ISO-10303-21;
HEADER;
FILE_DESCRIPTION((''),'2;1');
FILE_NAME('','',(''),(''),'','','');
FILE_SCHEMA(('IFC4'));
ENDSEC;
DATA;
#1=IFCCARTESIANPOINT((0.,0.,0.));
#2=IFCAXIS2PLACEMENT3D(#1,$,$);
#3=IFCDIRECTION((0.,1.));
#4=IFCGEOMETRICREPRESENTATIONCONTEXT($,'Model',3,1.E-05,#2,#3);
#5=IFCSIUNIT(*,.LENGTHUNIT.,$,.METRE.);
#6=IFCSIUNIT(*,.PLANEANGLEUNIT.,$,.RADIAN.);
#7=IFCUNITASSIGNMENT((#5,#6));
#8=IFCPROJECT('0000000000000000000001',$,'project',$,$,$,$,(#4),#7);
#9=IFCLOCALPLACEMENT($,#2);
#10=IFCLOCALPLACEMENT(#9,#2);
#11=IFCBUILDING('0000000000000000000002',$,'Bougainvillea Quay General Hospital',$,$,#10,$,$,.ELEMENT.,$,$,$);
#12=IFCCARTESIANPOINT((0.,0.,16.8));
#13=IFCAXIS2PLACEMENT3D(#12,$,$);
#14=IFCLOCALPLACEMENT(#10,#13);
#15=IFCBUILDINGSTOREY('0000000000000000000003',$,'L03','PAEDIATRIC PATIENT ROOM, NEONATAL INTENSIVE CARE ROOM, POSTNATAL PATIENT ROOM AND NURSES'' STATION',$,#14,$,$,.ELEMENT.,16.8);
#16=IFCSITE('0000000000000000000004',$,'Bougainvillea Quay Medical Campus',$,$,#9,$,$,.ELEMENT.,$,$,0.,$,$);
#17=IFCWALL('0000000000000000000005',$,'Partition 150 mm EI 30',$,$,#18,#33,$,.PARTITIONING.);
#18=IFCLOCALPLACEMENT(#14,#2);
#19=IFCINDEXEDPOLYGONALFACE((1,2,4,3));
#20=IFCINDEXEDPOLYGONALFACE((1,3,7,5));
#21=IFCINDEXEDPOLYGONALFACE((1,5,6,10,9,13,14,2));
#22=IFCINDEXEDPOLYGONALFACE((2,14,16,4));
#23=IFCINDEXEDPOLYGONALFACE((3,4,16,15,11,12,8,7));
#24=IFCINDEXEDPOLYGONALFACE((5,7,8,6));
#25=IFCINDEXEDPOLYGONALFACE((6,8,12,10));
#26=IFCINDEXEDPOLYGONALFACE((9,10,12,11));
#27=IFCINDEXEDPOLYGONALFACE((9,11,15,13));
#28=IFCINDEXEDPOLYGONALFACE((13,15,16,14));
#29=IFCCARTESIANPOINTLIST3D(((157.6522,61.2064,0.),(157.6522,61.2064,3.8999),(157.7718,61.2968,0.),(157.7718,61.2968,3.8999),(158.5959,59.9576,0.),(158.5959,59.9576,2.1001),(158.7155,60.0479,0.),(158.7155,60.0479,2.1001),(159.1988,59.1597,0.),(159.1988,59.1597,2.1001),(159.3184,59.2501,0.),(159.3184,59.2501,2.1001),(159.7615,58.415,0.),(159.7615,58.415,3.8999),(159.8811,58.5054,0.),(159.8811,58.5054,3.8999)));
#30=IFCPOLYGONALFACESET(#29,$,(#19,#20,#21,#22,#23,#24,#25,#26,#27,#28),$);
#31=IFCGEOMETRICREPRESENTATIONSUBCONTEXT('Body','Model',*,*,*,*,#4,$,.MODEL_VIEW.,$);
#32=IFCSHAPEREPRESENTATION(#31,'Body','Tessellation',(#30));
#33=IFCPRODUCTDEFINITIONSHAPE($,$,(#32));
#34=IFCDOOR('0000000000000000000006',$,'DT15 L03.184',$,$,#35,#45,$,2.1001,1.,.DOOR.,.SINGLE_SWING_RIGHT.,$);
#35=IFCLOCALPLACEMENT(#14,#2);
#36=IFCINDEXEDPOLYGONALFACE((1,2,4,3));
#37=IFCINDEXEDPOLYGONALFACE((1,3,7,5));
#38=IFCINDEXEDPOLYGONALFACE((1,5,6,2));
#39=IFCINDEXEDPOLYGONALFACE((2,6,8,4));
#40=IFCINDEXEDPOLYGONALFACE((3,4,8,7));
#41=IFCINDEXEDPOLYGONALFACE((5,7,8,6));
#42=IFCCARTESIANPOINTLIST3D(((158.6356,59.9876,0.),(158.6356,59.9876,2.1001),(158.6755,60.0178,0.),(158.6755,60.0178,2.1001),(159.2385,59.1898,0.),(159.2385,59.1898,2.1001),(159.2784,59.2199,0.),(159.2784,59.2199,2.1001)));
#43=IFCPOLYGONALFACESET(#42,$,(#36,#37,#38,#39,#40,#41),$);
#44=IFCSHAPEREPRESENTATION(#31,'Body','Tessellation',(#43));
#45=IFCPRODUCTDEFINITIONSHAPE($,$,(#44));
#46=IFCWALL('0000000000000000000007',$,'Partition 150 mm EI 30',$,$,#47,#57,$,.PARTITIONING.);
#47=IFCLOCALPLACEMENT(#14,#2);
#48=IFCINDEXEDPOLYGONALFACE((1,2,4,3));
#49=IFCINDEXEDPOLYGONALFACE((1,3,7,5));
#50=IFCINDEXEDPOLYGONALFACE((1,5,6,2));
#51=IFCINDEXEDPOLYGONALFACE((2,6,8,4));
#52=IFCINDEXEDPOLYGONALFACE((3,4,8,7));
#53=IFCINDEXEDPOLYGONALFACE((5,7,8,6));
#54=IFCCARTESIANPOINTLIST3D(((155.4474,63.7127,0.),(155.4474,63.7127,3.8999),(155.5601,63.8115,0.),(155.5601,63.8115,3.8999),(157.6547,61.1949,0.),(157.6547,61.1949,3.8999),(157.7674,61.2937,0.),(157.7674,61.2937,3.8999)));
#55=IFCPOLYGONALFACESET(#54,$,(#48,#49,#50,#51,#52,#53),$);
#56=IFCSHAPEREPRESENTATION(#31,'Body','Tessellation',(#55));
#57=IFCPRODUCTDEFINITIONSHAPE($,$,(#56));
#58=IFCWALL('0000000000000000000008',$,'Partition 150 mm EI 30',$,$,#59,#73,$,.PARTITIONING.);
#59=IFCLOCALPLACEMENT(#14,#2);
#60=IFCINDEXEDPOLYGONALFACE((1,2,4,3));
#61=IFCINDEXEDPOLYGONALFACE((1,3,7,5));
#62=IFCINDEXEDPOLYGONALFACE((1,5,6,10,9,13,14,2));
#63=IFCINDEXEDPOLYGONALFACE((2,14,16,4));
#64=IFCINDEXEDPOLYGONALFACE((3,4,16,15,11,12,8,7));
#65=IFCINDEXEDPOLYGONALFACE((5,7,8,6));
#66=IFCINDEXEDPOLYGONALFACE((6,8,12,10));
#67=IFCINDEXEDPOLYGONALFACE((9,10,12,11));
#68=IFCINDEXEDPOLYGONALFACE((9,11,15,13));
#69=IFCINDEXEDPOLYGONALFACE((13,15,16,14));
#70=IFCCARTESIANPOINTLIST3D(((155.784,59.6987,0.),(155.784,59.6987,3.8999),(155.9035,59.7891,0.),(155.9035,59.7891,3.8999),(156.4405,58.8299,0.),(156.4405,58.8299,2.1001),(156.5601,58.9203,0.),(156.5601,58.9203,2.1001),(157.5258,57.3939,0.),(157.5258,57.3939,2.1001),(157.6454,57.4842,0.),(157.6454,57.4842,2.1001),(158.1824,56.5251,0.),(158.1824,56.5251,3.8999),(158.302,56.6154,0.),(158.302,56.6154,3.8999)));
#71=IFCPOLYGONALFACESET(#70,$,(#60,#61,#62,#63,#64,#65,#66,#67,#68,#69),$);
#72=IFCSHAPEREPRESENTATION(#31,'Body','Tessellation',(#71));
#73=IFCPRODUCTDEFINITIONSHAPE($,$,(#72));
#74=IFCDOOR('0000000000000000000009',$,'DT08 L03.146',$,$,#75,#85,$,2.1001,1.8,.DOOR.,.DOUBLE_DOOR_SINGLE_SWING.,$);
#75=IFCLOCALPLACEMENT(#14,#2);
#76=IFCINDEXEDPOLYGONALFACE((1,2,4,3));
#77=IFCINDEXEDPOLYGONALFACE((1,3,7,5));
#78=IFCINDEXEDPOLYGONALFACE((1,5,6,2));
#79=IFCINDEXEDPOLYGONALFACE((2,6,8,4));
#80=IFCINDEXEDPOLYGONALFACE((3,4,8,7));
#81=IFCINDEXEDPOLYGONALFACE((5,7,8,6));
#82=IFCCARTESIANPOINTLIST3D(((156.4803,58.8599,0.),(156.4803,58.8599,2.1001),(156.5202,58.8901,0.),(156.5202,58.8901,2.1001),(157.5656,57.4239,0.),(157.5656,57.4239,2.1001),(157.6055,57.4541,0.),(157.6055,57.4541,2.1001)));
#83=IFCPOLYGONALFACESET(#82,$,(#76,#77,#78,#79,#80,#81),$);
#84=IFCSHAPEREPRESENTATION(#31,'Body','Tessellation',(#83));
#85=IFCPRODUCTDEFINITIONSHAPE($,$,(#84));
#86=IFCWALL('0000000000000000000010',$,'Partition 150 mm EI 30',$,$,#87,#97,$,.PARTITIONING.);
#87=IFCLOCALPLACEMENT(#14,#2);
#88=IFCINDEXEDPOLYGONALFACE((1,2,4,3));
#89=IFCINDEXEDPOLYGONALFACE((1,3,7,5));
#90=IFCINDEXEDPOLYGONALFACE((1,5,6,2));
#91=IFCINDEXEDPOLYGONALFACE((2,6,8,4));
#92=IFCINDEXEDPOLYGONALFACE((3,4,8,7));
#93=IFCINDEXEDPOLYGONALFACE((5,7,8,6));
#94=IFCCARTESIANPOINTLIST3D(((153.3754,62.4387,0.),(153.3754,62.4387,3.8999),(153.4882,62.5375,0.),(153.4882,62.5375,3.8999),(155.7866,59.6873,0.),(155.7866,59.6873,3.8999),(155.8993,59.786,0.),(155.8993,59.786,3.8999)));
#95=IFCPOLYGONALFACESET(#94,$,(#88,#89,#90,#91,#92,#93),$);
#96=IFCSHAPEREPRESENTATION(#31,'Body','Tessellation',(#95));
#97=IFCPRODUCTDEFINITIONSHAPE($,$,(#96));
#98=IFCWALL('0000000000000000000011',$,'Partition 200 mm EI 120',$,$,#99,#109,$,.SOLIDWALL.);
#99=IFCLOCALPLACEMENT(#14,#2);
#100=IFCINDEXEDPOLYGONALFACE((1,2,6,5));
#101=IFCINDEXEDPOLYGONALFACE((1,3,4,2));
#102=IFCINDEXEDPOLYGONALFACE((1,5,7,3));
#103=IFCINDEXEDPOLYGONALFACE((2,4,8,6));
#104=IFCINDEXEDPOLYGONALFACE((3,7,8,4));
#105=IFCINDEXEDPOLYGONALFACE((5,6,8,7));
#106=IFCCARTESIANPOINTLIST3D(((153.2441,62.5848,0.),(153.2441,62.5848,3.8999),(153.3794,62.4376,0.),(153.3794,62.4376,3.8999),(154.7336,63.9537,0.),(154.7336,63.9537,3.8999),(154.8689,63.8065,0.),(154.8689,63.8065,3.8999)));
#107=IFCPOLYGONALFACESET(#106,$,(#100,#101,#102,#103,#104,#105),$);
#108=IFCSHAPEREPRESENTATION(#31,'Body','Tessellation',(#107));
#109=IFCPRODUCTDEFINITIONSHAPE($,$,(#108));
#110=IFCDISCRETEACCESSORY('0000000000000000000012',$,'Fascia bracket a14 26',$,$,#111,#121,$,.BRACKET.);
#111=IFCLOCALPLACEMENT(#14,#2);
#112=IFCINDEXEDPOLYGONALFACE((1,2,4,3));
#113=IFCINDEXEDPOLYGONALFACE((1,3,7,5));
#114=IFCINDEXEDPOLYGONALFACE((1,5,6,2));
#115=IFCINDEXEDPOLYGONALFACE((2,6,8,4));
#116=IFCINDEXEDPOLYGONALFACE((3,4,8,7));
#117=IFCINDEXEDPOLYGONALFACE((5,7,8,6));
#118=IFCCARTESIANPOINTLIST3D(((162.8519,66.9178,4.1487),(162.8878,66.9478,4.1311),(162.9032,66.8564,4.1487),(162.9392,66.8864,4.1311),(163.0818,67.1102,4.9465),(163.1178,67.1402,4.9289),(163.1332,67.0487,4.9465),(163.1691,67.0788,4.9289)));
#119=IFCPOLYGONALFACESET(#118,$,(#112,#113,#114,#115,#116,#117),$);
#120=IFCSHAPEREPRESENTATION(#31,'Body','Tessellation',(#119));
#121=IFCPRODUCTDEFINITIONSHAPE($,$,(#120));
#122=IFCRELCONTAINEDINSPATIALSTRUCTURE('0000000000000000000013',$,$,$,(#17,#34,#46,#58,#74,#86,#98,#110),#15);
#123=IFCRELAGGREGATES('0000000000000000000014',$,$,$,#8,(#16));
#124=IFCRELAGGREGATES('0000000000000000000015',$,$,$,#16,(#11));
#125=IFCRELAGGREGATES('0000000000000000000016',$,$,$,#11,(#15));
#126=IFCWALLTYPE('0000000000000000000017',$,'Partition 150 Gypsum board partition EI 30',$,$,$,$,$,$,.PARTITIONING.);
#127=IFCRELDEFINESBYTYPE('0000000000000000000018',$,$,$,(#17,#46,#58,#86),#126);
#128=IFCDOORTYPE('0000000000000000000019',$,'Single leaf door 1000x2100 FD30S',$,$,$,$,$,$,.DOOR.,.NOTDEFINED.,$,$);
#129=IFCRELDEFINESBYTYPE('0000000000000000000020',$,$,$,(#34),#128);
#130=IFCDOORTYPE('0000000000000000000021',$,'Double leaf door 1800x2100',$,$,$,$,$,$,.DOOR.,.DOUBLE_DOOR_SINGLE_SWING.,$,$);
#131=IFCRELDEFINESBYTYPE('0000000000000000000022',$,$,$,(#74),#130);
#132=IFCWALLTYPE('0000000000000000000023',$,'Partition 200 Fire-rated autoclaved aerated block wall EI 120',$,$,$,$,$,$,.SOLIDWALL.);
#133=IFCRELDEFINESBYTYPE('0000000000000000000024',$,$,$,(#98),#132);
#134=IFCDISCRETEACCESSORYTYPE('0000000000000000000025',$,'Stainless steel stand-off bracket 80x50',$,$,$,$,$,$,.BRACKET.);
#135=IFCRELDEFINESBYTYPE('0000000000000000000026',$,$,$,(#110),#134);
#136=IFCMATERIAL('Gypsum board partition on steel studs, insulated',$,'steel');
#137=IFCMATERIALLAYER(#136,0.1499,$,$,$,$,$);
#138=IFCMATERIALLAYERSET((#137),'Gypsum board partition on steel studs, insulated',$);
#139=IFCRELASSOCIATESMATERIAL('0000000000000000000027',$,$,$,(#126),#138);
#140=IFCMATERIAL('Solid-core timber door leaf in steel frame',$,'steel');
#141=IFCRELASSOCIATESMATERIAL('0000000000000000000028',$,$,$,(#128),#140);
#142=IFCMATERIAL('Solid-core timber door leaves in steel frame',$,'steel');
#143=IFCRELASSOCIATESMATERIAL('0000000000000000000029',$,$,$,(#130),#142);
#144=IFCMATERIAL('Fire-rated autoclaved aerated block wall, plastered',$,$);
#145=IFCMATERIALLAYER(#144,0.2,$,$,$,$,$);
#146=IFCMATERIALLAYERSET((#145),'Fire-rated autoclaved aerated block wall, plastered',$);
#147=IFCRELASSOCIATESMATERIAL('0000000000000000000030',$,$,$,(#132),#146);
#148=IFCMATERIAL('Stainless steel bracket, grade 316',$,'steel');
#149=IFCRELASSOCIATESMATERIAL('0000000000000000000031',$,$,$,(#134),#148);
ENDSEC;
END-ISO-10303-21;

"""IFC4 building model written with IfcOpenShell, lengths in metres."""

from ifc_helpers import new_model, si_unit, direction, frame, frame_2d, origin, origin_2d, place, context, subcontext, project, spatial, rectangle, extrude, material, layer, layer_set, material_profile, profile_set, type_object, element, fill, save


model = new_model("IFC4")

# Units and contexts
model_context = context("Model", 3, precision=1e-05, world=origin(), true_north=direction((0.0, 1.0)))
body_context = subcontext(model_context, "Body", "Model", "MODEL_VIEW")
ifc_project = project(units=[si_unit("LENGTHUNIT", "METRE"), si_unit("PLANEANGLEUNIT", "RADIAN")], contexts=[model_context])

# Site, building, storey
site_placement = place(None, origin())
site = spatial("IfcSite", under=ifc_project, at=site_placement, Name="Bougainvillea Quay Medical Campus", CompositionType="ELEMENT", RefElevation=0.0)
building_placement = place(site_placement, origin())
building = spatial("IfcBuilding", under=site, at=building_placement, Name="Bougainvillea Quay General Hospital", CompositionType="ELEMENT")
storey_placement = place(building_placement, frame((0.0, 0.0, 16.8)))
storey = spatial("IfcBuildingStorey", under=building, at=storey_placement, Name="L03", Description="PAEDIATRIC PATIENT ROOM, NEONATAL INTENSIVE CARE ROOM, POSTNATAL PATIENT ROOM AND NURSES' STATION", CompositionType="ELEMENT", Elevation=16.8)

# Wall, opening, door
ifc_material_1 = material(Name="Gypsum board partition on steel studs, insulated", Category="steel")
ifc_layer_1 = layer(ifc_material_1, 0.1499)
ifc_layer_set_1 = layer_set([ifc_layer_1], Name="Gypsum board partition on steel studs, insulated")
wall_type_1 = type_object("IfcWallType", Name="Partition 150 Gypsum board partition EI 30", PredefinedType="PARTITIONING", material=ifc_layer_set_1)
wall_1_placement = place(storey_placement, frame((157.7119, 61.2517, 0.0), z_axis=(0.0, 0.0, 1.0), x_axis=(0.602877, -0.797835, 0.0)))
wall_1 = element("IfcWall", 1, at=wall_1_placement, inside=storey, type_object=wall_type_1, Name="Partition 150 mm EI 30", PredefinedType="PARTITIONING", context=body_context, shape_type="SweptSolid", body=[
    extrude(rectangle(XDim=3.4988, YDim=0.1499, at=frame_2d((1.7495, 0.0))), origin(), (0.0, 0.0, 1.0), 3.8999),
])
opening_1_placement = place(wall_1_placement, frame((1.5654, 0.0, 0.0)))
opening_1 = element("IfcOpeningElement", 2, at=opening_1_placement, cuts=wall_1, PredefinedType="OPENING", context=body_context, shape_type="SweptSolid", body=[
    extrude(rectangle(XDim=1.0, YDim=2.1001, at=frame_2d((0.5, 1.05))), frame((0.0, 0.085, 0.0), z_axis=(0.0, -1.0, 0.0), x_axis=(1.0, 0.0, 0.0)), (0.0, 0.0, 1.0), 0.1699),
])
ifc_material_2 = material(Name="Solid-core timber door leaf in steel frame", Category="steel")
door_type_1 = type_object("IfcDoorType", Name="Single leaf door 1000x2100 FD30S", OperationType="NOTDEFINED", PredefinedType="DOOR", material=ifc_material_2)
door_1_placement = place(opening_1_placement, origin())
door_1 = element("IfcDoor", 3, at=door_1_placement, inside=storey, type_object=door_type_1, Name="DT15 L03.184", OperationType="SINGLE_SWING_RIGHT", OverallHeight=2.1001, OverallWidth=1.0, PredefinedType="DOOR", context=body_context, shape_type="SweptSolid", body=[
    extrude(rectangle(XDim=1.0, YDim=2.1001, at=frame_2d((0.5, 1.05))), frame((0.0, 0.0249, 0.0), z_axis=(0.0, -1.0, 0.0), x_axis=(1.0, 0.0, 0.0)), (0.0, 0.0, 1.0), 0.05),
])
fill(opening_1, door_1)

# Wall
wall_2_placement = place(storey_placement, frame((155.5037, 63.7622, 0.0), z_axis=(0.0, 0.0, 1.0), x_axis=(0.659212, -0.751958, 0.0)))
element("IfcWall", 4, at=wall_2_placement, inside=storey, type_object=wall_type_1, Name="Partition 150 mm EI 30", PredefinedType="PARTITIONING", context=body_context, shape_type="SweptSolid", body=[
    extrude(rectangle(XDim=3.3484, YDim=0.1499, at=frame_2d((1.6743, 0.0))), origin(), (0.0, 0.0, 1.0), 3.8999),
])

# Wall, opening, door
wall_3_placement = place(storey_placement, frame((155.8438, 59.7439, 0.0), z_axis=(0.0, 0.0, 1.0), x_axis=(0.602932, -0.797793, 0.0)))
wall_3 = element("IfcWall", 5, at=wall_3_placement, inside=storey, type_object=wall_type_1, Name="Partition 150 mm EI 30", PredefinedType="PARTITIONING", context=body_context, shape_type="SweptSolid", body=[
    extrude(rectangle(XDim=3.978, YDim=0.1499, at=frame_2d((1.989, 0.0))), origin(), (0.0, 0.0, 1.0), 3.8999),
])
opening_2_placement = place(wall_3_placement, frame((1.0891, 0.0, 0.0)))
opening_2 = element("IfcOpeningElement", 6, at=opening_2_placement, cuts=wall_3, PredefinedType="OPENING", context=body_context, shape_type="SweptSolid", body=[
    extrude(rectangle(XDim=1.8, YDim=2.1001, at=frame_2d((0.8999, 1.05))), frame((0.0, 0.085, 0.0), z_axis=(0.0, -1.0, 0.0), x_axis=(1.0, 0.0, 0.0)), (0.0, 0.0, 1.0), 0.1699),
])
ifc_material_3 = material(Name="Solid-core timber door leaves in steel frame", Category="steel")
door_type_2 = type_object("IfcDoorType", Name="Double leaf door 1800x2100", OperationType="DOUBLE_DOOR_SINGLE_SWING", PredefinedType="DOOR", material=ifc_material_3)
door_2_placement = place(opening_2_placement, origin())
door_2 = element("IfcDoor", 7, at=door_2_placement, inside=storey, type_object=door_type_2, Name="DT08 L03.146", OperationType="DOUBLE_DOOR_SINGLE_SWING", OverallHeight=2.1001, OverallWidth=1.8, PredefinedType="DOOR", context=body_context, shape_type="SweptSolid", body=[
    extrude(rectangle(XDim=1.8, YDim=2.1001, at=frame_2d((0.8999, 1.05))), frame((0.0, 0.0249, 0.0), z_axis=(0.0, -1.0, 0.0), x_axis=(1.0, 0.0, 0.0)), (0.0, 0.0, 1.0), 0.05),
])
fill(opening_2, door_2)

# Walls
wall_4_placement = place(storey_placement, frame((153.4319, 62.488, 0.0), z_axis=(0.0, 0.0, 1.0), x_axis=(0.659062, -0.752089, 0.0)))
element("IfcWall", 8, at=wall_4_placement, inside=storey, type_object=wall_type_1, Name="Partition 150 mm EI 30", PredefinedType="PARTITIONING", context=body_context, shape_type="SweptSolid", body=[
    extrude(rectangle(XDim=3.6584, YDim=0.1499, at=frame_2d((1.8291, 0.0))), origin(), (0.0, 0.0, 1.0), 3.8999),
])
ifc_material_4 = material(Name="Fire-rated autoclaved aerated block wall, plastered")
ifc_layer_2 = layer(ifc_material_4, 0.2)
ifc_layer_set_2 = layer_set([ifc_layer_2], Name="Fire-rated autoclaved aerated block wall, plastered")
wall_type_2 = type_object("IfcWallType", Name="Partition 200 Fire-rated autoclaved aerated block wall EI 120", PredefinedType="SOLIDWALL", material=ifc_layer_set_2)
wall_5_placement = place(storey_placement, frame((153.3118, 62.5112, 0.0), z_axis=(0.0, 0.0, 1.0), x_axis=(0.736287, 0.676669, 0.0)))
element("IfcWall", 9, at=wall_5_placement, inside=storey, type_object=wall_type_2, Name="Partition 200 mm EI 120", PredefinedType="SOLIDWALL", context=body_context, shape_type="SweptSolid", body=[
    extrude(rectangle(XDim=2.0229, YDim=0.2, at=frame_2d((1.0115, 0.0))), origin(), (0.0, 0.0, 1.0), 3.8999),
])

# Discrete accessory
ifc_material_5 = material(Name="Stainless steel bracket, grade 316", Category="steel")
ifc_material_profile_1 = material_profile(ifc_material_5, rectangle(XDim=0.0801, YDim=0.05, at=origin_2d()))
ifc_profile_set_1 = profile_set([ifc_material_profile_1], Name="Stainless steel bracket, grade 316")
discrete_accessory_type = type_object("IfcDiscreteAccessoryType", Name="Stainless steel stand-off bracket 80x50", PredefinedType="BRACKET", material=ifc_profile_set_1)
discrete_accessory_placement = place(storey_placement, frame((162.8955, 66.9021, 4.1399), z_axis=(0.269825, 0.225714, 0.936081), x_axis=(-0.641625, 0.767019, 0.0)))
element("IfcDiscreteAccessory", 10, at=discrete_accessory_placement, inside=storey, type_object=discrete_accessory_type, Name="Fascia bracket a14 26", PredefinedType="BRACKET", context=body_context, shape_type="SweptSolid", body=[
    extrude(rectangle(XDim=0.0801, YDim=0.05, at=origin_2d()), origin(), (0.0, 0.0, 1.0), 0.8523),
])

save(model, "model.ifc")
